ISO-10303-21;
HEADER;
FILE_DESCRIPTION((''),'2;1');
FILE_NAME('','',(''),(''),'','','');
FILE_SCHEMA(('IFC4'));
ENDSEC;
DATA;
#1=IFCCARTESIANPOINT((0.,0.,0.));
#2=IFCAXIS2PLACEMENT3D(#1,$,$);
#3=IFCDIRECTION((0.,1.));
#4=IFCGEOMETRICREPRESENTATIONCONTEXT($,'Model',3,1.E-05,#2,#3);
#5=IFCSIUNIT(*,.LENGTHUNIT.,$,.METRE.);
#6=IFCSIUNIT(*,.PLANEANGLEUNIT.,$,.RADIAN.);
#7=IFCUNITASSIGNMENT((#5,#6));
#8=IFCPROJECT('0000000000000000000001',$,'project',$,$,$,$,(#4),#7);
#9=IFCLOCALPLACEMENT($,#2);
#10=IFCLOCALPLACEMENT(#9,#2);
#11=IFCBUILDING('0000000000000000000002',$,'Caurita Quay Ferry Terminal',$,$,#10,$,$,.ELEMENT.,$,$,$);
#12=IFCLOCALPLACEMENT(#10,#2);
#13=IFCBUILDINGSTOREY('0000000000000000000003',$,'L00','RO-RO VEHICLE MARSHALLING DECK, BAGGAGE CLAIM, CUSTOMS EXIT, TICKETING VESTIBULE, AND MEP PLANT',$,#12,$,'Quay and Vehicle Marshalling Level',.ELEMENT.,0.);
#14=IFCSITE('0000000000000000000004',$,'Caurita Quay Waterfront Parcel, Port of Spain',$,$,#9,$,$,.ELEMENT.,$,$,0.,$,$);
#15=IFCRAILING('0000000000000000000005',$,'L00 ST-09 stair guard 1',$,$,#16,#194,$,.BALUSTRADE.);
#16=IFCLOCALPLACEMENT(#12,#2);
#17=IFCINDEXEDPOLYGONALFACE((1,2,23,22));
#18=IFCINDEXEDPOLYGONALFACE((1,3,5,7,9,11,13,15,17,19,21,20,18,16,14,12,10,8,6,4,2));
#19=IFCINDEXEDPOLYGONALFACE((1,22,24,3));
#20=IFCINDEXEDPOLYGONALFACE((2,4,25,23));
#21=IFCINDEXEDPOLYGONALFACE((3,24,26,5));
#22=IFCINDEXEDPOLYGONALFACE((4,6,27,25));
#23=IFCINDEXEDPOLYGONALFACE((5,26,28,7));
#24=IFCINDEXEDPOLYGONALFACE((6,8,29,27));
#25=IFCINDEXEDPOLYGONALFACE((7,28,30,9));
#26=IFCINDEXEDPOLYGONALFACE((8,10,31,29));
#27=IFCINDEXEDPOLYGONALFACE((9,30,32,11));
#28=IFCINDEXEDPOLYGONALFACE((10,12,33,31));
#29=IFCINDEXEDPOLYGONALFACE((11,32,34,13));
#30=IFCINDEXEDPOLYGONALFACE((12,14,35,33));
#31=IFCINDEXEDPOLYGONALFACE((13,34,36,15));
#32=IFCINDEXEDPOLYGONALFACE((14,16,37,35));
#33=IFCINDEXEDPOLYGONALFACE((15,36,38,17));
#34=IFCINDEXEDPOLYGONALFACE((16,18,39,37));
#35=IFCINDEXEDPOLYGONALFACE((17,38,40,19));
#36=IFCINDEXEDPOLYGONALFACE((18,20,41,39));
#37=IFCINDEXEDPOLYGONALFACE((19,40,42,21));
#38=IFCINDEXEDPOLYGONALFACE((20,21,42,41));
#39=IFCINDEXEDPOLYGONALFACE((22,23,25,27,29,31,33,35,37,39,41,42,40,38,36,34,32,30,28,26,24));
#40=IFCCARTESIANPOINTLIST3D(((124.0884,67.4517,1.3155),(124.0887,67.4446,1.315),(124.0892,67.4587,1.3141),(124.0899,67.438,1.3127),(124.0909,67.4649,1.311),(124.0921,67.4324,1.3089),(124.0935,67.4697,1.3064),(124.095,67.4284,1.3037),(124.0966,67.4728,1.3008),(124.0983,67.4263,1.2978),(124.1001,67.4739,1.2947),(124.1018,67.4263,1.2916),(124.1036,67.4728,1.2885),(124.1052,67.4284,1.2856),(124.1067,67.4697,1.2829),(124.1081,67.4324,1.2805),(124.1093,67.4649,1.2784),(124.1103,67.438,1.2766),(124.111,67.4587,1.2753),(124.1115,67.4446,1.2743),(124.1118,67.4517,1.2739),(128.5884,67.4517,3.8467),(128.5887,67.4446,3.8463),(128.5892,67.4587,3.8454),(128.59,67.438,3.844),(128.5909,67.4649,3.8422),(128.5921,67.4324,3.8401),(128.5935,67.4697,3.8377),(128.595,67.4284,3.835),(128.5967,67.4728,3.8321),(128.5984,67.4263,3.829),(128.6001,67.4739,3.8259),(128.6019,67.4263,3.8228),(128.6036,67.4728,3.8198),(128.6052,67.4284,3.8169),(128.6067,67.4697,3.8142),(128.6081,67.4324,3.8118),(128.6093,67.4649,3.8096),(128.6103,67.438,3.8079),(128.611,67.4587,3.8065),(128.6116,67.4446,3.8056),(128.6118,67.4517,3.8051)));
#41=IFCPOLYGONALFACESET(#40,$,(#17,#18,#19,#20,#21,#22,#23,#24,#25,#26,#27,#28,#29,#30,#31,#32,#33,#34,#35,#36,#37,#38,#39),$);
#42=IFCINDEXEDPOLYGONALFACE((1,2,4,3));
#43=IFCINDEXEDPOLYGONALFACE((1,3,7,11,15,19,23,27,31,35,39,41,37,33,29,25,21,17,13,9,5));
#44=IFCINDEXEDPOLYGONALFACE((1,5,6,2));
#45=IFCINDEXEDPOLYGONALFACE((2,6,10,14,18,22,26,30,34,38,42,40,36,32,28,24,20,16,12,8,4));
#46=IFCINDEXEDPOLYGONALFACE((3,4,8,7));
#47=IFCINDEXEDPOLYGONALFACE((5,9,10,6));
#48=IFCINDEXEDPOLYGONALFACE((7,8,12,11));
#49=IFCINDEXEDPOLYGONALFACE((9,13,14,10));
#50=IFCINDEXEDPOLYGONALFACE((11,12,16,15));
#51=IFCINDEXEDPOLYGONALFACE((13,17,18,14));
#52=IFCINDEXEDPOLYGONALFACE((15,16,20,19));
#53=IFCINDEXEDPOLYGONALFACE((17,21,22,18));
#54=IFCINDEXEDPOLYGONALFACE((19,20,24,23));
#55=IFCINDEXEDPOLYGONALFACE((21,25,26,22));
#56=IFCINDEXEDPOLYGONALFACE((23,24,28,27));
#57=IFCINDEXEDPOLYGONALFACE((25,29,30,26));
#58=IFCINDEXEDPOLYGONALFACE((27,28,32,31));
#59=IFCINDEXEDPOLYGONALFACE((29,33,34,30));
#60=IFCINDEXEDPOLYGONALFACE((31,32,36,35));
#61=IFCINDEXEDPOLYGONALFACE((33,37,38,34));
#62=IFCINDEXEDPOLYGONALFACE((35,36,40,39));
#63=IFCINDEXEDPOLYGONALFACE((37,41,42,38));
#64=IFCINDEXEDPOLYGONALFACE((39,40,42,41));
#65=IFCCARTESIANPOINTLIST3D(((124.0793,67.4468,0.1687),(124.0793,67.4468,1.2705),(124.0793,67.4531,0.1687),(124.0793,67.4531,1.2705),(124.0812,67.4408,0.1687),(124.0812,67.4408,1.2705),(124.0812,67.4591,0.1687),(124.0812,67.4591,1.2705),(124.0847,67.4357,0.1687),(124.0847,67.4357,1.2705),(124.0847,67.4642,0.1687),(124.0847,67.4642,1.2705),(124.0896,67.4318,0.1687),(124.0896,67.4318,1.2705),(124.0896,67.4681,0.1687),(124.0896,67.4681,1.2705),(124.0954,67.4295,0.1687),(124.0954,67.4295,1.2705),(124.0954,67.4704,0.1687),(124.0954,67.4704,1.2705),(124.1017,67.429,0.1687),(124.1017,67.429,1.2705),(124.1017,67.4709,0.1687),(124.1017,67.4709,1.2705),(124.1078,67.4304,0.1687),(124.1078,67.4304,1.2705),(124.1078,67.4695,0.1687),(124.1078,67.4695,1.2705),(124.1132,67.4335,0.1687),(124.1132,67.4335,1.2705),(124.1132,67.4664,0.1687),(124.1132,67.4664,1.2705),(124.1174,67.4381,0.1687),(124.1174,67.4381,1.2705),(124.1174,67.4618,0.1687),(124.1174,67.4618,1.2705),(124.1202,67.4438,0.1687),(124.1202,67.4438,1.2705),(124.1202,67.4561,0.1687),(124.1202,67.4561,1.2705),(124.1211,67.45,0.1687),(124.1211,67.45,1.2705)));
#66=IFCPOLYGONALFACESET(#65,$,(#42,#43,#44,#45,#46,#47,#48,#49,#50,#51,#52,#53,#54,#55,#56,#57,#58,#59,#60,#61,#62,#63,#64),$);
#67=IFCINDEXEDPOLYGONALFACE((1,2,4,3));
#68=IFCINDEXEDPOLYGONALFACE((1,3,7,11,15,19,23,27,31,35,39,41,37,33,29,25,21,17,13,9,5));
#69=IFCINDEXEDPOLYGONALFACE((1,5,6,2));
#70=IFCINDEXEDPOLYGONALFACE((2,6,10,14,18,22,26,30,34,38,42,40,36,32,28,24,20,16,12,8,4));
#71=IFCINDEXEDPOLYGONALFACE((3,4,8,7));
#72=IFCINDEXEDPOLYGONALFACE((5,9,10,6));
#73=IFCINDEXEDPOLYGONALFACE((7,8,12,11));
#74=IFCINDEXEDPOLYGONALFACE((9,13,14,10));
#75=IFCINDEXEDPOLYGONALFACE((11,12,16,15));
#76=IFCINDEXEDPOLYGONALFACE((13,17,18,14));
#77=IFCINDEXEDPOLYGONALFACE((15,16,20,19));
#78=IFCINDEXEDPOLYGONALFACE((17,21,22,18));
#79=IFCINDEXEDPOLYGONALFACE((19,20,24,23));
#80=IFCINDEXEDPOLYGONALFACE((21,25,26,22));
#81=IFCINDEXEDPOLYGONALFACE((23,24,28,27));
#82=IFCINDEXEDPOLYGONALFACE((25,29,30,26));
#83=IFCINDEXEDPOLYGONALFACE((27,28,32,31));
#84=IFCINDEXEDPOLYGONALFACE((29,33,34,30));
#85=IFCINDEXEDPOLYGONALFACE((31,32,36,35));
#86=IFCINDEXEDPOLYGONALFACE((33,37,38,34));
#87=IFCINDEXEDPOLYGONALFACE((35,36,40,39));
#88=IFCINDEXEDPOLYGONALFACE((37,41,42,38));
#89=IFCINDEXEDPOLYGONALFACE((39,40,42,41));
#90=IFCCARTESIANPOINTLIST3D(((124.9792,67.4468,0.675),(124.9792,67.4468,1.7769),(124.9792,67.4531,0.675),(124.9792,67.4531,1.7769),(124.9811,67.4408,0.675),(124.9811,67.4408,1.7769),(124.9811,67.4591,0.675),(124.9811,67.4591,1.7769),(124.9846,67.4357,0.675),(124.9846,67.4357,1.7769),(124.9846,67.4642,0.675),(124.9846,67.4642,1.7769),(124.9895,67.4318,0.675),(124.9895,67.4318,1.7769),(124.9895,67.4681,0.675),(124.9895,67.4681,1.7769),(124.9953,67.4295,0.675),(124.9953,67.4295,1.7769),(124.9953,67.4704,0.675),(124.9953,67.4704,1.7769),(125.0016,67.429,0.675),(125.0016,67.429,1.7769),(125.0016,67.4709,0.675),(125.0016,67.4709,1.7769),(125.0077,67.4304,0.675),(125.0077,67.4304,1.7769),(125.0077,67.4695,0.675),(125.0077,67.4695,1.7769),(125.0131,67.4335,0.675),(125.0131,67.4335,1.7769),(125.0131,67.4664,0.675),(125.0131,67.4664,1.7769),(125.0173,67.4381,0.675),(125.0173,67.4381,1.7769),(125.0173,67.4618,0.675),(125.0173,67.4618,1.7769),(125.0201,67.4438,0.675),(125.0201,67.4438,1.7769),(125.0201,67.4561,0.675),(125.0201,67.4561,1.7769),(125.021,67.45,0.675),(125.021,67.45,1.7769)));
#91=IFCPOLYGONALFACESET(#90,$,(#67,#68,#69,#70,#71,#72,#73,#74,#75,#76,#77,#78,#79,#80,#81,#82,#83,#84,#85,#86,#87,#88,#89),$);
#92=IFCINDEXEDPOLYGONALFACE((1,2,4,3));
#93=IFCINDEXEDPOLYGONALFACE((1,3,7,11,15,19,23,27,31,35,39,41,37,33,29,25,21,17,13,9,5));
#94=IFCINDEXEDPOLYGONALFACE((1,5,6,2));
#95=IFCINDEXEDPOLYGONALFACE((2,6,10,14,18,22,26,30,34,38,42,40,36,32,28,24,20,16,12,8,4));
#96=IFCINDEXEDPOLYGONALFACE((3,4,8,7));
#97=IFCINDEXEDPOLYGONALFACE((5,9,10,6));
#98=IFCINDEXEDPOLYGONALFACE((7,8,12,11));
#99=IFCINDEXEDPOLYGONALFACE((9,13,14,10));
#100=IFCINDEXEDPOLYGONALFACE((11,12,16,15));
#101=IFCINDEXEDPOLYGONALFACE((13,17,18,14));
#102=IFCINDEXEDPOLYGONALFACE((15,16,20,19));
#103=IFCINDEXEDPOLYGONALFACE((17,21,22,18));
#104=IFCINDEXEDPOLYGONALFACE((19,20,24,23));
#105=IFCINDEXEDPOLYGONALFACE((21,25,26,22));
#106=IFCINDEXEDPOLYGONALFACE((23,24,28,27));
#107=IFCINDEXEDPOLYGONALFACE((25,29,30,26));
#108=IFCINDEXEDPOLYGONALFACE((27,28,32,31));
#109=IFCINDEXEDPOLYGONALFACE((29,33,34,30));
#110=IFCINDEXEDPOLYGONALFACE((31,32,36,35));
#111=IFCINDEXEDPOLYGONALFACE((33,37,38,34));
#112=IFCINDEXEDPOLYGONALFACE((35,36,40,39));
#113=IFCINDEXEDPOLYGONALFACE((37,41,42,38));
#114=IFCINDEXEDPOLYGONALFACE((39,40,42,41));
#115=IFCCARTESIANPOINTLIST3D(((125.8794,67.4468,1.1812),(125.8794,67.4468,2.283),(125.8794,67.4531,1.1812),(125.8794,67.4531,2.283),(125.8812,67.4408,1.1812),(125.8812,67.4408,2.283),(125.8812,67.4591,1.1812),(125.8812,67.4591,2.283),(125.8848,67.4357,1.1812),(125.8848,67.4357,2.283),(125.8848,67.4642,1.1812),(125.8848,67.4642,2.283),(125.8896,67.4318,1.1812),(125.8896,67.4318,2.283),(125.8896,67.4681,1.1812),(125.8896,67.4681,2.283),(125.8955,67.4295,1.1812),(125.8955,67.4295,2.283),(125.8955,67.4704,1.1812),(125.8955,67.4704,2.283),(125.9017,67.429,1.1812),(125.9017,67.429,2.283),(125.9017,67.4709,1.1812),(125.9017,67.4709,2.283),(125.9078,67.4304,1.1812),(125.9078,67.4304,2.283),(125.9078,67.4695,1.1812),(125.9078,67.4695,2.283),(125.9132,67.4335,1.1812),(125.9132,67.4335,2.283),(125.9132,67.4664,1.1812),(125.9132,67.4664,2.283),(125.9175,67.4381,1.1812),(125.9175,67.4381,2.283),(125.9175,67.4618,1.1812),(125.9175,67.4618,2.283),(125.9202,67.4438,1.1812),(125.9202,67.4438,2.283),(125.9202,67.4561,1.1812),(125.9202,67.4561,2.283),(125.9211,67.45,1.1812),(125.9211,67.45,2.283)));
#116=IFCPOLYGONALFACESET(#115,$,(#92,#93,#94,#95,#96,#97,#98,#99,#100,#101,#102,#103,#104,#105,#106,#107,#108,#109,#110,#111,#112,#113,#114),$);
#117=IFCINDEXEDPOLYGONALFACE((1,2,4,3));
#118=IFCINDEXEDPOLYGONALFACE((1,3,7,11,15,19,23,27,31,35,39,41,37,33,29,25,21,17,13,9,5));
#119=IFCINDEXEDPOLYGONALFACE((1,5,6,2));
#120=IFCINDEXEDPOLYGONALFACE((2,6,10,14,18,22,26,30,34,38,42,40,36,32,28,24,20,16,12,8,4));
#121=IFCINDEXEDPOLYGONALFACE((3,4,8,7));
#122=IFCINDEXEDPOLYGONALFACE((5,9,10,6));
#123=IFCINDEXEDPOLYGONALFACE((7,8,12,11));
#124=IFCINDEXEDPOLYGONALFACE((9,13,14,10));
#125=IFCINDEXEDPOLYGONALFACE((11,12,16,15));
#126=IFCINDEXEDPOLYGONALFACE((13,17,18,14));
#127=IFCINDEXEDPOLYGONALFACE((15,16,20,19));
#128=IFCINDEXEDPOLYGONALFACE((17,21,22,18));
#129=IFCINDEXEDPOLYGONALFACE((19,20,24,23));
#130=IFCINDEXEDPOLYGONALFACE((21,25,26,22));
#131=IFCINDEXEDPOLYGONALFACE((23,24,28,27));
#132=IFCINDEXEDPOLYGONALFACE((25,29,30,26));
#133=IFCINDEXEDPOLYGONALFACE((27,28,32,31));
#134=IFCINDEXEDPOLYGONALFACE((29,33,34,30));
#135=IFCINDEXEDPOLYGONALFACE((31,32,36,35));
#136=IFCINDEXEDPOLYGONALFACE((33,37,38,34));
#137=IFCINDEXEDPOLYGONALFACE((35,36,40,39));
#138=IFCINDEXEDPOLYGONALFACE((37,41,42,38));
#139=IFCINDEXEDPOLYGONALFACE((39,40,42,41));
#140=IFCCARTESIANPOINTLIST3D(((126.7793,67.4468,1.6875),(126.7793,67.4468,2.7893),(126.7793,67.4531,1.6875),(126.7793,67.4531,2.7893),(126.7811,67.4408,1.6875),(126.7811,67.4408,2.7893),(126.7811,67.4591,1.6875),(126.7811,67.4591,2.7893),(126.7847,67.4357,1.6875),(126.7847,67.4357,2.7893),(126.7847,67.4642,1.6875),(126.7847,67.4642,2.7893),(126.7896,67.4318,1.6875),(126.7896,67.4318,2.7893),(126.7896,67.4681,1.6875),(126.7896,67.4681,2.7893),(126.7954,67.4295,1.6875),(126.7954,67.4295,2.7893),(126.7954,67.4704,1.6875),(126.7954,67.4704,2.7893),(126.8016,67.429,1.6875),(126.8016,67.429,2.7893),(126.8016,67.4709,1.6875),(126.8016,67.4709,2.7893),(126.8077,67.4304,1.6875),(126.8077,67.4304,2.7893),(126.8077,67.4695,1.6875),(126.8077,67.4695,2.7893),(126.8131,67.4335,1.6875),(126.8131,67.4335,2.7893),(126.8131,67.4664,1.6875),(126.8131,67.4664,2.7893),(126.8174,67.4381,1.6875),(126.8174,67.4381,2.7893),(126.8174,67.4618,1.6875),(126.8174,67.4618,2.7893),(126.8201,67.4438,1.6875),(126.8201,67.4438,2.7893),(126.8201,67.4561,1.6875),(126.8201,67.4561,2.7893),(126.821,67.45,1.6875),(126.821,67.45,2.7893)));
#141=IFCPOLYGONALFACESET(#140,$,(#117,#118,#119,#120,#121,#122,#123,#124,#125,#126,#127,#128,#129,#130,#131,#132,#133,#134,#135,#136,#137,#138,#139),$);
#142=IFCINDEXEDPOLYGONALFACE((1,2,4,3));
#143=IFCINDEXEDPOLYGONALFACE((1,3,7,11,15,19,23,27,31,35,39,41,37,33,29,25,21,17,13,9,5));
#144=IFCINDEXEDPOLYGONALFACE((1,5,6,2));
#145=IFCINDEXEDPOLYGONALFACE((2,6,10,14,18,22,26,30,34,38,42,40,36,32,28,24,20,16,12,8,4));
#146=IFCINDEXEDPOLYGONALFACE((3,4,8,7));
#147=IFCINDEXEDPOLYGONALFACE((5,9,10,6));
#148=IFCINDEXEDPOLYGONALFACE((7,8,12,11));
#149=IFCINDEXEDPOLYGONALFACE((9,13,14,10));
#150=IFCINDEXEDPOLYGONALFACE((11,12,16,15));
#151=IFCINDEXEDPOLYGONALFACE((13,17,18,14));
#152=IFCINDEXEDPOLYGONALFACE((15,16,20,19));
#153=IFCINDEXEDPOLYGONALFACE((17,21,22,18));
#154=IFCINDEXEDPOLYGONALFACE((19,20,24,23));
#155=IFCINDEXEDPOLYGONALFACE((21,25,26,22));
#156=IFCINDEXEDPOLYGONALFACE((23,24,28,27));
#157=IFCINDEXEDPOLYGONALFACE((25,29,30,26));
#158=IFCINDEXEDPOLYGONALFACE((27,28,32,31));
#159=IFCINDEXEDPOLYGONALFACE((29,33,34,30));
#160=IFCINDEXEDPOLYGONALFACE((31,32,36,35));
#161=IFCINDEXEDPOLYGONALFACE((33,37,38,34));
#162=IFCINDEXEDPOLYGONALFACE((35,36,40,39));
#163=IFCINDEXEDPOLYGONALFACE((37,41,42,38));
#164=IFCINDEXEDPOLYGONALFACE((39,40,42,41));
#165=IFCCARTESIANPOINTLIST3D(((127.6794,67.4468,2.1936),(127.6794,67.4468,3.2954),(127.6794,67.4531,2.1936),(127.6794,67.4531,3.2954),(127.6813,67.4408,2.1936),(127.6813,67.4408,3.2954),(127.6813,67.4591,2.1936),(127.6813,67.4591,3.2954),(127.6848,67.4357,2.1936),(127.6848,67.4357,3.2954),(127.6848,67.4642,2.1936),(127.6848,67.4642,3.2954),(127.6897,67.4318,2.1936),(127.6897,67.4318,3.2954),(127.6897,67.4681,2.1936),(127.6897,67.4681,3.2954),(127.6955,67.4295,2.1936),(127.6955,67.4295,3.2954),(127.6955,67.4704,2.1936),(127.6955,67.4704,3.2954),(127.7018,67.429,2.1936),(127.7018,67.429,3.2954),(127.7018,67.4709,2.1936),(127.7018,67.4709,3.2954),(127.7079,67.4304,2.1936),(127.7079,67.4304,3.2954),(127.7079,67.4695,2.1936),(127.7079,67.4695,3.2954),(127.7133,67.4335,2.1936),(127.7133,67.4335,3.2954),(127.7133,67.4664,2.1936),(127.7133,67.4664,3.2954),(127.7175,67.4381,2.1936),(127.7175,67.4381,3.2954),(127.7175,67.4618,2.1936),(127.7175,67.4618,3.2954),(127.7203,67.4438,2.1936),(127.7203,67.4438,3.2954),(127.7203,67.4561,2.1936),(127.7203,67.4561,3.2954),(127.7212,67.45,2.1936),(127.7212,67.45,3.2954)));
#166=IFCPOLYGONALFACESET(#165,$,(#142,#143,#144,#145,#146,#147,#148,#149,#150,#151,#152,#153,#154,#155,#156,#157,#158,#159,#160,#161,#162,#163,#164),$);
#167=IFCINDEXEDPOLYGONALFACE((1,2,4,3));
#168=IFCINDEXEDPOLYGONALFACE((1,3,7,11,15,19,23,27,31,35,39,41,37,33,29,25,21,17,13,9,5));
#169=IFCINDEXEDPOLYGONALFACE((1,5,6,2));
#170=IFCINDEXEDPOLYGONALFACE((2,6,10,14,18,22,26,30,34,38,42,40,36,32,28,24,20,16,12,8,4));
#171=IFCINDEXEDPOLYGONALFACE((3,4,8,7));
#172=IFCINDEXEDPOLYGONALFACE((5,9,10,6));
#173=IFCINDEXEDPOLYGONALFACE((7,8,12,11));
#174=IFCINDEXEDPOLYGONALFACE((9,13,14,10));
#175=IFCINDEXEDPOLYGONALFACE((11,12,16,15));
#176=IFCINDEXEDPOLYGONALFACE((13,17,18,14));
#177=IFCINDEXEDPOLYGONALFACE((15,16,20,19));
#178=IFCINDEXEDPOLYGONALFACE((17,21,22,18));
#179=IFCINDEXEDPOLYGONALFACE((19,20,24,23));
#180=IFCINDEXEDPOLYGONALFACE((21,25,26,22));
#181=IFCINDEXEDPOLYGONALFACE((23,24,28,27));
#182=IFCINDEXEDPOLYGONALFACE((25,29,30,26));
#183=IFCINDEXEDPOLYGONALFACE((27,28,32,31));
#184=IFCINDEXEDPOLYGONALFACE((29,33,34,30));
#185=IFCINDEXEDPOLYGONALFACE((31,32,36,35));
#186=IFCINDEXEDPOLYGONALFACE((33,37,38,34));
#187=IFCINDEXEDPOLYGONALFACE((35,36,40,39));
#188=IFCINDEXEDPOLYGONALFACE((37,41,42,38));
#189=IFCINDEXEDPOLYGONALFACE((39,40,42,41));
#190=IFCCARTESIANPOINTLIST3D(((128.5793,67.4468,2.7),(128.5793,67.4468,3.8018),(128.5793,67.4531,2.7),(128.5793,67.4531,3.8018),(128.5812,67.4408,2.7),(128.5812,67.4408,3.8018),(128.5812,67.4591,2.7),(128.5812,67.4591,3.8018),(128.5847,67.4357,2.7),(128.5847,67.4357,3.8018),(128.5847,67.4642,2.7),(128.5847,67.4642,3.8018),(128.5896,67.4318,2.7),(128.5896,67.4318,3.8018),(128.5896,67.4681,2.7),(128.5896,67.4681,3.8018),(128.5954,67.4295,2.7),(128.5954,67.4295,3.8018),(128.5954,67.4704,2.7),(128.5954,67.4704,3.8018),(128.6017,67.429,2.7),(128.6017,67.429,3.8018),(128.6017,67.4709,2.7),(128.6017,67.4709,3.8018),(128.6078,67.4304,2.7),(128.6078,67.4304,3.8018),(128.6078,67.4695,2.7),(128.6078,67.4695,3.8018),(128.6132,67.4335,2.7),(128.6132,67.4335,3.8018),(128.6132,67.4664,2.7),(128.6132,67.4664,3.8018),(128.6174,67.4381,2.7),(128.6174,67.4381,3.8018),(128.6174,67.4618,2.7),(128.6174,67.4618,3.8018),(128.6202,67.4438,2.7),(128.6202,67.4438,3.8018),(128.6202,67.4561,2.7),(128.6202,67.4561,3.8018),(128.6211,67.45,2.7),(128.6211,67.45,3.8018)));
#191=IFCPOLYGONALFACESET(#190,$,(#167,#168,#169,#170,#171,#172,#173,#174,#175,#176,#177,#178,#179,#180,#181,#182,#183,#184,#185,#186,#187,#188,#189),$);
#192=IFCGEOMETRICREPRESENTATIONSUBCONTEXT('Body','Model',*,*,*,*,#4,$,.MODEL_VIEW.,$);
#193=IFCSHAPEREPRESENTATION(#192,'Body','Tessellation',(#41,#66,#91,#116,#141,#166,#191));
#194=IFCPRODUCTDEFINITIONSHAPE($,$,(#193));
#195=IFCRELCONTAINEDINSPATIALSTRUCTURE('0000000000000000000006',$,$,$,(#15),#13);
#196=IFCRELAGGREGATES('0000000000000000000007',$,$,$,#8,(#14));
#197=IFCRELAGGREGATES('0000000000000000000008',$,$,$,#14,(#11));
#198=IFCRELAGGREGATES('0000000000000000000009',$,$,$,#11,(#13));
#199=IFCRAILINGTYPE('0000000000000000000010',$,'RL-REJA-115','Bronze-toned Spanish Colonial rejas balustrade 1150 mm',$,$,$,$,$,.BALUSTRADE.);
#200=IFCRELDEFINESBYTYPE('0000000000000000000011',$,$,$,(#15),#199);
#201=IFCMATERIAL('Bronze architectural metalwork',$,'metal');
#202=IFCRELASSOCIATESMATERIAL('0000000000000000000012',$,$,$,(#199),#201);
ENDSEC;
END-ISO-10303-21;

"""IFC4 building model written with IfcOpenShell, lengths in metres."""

from ifc_helpers import new_model, si_unit, direction, frame, origin, origin_2d, place, context, subcontext, project, spatial, circle, extrude, material, type_object, element, save


model = new_model("IFC4")

# Units and contexts
model_context = context("Model", 3, precision=1e-05, world=origin(), true_north=direction((0.0, 1.0)))
body_context = subcontext(model_context, "Body", "Model", "MODEL_VIEW")
ifc_project = project(units=[si_unit("LENGTHUNIT", "METRE"), si_unit("PLANEANGLEUNIT", "RADIAN")], contexts=[model_context])

# Site, building, storey
site_placement = place(None, origin())
site = spatial("IfcSite", under=ifc_project, at=site_placement, Name="Caurita Quay Waterfront Parcel, Port of Spain", CompositionType="ELEMENT", RefElevation=0.0)
building_placement = place(site_placement, origin())
building = spatial("IfcBuilding", under=site, at=building_placement, Name="Caurita Quay Ferry Terminal", CompositionType="ELEMENT")
storey_placement = place(building_placement, origin())
storey = spatial("IfcBuildingStorey", under=building, at=storey_placement, Name="L00", Description="RO-RO VEHICLE MARSHALLING DECK, BAGGAGE CLAIM, CUSTOMS EXIT, TICKETING VESTIBULE, AND MEP PLANT", LongName="Quay and Vehicle Marshalling Level", CompositionType="ELEMENT", Elevation=0.0)

# Railing
ifc_material_1 = material(Name="Bronze architectural metalwork", Category="metal")
railing_type_1 = type_object("IfcRailingType", Name="RL-REJA-115", Description="Bronze-toned Spanish Colonial rejas balustrade 1150 mm", PredefinedType="BALUSTRADE", material=ifc_material_1)
railing_1_placement = place(storey_placement, frame((124.1001, 67.45, 0.1687)))
element("IfcRailing", 1, at=railing_1_placement, inside=storey, type_object=railing_type_1, Name="L00 ST-09 stair guard 1", PredefinedType="BALUSTRADE", context=body_context, shape_type="SweptSolid", body=[
    extrude(circle(Radius=0.0239, at=origin_2d()), frame((0.0, 0.0, 1.126), z_axis=(0.871576, 0.0, 0.490261), x_axis=(0.0, 1.0, 0.0)), (0.0, 0.0, 1.0), 5.1631),
    extrude(circle(Radius=0.021, at=origin_2d()), origin(), (0.0, 0.0, 1.0), 1.1018),
    extrude(circle(Radius=0.021, at=origin_2d()), frame((0.8999, 0.0, 0.5063)), (0.0, 0.0, 1.0), 1.1018),
    extrude(circle(Radius=0.021, at=origin_2d()), frame((1.8, 0.0, 1.0125)), (0.0, 0.0, 1.0), 1.1018),
    extrude(circle(Radius=0.021, at=origin_2d()), frame((2.7, 0.0, 1.5188)), (0.0, 0.0, 1.0), 1.1018),
    extrude(circle(Radius=0.021, at=origin_2d()), frame((3.6001, 0.0, 2.0249)), (0.0, 0.0, 1.0), 1.1018),
    extrude(circle(Radius=0.021, at=origin_2d()), frame((4.5, 0.0, 2.5312)), (0.0, 0.0, 1.0), 1.1018),
])

save(model, "model.ifc")
